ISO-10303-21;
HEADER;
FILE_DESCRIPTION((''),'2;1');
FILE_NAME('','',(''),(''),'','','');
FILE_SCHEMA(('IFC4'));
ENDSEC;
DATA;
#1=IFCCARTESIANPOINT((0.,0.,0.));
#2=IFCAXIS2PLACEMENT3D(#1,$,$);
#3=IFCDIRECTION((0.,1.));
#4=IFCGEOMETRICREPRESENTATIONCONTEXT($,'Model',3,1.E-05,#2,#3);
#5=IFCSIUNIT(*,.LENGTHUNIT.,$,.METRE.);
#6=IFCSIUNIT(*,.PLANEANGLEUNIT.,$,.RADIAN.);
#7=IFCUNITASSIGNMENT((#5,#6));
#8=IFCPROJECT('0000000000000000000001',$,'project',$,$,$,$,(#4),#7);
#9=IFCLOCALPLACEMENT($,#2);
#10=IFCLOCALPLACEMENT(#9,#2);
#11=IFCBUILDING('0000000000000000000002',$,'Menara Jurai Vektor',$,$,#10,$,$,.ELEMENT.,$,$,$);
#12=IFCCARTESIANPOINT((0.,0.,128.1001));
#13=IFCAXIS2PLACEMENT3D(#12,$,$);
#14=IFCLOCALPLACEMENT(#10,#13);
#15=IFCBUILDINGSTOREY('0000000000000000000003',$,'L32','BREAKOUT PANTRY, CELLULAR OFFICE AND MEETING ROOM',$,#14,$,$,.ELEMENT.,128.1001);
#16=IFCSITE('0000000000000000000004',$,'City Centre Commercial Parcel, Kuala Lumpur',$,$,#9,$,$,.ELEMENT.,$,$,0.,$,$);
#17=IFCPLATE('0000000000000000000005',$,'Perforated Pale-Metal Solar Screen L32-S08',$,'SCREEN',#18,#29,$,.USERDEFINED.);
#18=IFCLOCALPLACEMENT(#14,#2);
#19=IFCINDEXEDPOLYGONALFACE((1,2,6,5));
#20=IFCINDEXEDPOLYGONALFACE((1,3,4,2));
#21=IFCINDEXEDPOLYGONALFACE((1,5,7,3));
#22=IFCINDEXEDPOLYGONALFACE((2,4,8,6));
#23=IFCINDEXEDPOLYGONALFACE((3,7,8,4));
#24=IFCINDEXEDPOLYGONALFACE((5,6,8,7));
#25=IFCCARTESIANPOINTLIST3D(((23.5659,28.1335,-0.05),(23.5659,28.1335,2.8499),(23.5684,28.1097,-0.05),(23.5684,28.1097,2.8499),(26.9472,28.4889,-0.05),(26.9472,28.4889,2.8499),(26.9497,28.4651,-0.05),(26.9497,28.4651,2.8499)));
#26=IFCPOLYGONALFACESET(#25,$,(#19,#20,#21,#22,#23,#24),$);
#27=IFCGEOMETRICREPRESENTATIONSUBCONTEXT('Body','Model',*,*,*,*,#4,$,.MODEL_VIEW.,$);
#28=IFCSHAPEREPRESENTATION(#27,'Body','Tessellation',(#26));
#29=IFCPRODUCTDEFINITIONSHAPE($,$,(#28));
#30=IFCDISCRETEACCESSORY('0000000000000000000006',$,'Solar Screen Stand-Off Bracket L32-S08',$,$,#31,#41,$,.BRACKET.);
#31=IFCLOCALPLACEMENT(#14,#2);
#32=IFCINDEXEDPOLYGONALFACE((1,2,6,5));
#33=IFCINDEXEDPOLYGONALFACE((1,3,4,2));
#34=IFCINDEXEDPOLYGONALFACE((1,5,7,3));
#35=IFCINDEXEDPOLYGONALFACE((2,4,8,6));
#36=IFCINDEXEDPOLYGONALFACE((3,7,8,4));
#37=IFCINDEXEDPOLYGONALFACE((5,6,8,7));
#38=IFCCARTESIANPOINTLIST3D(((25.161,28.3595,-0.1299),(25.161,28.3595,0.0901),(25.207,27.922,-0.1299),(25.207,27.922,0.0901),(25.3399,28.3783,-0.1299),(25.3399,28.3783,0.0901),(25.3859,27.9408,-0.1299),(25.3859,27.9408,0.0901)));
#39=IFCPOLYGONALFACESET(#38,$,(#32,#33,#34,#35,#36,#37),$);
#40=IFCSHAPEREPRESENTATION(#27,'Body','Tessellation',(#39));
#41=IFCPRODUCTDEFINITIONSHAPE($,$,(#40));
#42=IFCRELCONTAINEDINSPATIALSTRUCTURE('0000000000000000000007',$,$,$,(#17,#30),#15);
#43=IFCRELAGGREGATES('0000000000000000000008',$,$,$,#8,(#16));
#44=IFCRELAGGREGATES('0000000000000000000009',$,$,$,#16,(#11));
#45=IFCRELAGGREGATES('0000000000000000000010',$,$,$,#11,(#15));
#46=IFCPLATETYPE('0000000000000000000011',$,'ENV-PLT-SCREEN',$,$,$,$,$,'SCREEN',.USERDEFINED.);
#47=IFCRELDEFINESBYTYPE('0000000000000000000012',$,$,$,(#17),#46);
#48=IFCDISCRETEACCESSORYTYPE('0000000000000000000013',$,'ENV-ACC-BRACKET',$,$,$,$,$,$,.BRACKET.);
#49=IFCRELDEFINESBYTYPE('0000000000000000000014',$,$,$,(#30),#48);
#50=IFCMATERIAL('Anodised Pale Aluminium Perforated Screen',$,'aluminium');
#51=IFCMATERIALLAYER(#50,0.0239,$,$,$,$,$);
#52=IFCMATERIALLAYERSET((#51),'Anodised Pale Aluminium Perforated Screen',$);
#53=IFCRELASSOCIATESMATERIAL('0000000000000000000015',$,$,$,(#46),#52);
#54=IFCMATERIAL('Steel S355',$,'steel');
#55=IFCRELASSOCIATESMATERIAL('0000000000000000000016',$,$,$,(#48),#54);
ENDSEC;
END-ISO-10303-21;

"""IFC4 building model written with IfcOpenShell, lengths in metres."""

from ifc_helpers import new_model, si_unit, direction, frame, origin, origin_2d, place, context, subcontext, project, spatial, rectangle, extrude, material, layer, layer_set, type_object, element, save


model = new_model("IFC4")

# Units and contexts
model_context = context("Model", 3, precision=1e-05, world=origin(), true_north=direction((0.0, 1.0)))
body_context = subcontext(model_context, "Body", "Model", "MODEL_VIEW")
ifc_project = project(units=[si_unit("LENGTHUNIT", "METRE"), si_unit("PLANEANGLEUNIT", "RADIAN")], contexts=[model_context])

# Site, building, storey
site_placement = place(None, origin())
site = spatial("IfcSite", under=ifc_project, at=site_placement, Name="City Centre Commercial Parcel, Kuala Lumpur", CompositionType="ELEMENT", RefElevation=0.0)
building_placement = place(site_placement, origin())
building = spatial("IfcBuilding", under=site, at=building_placement, Name="Menara Jurai Vektor", CompositionType="ELEMENT")
storey_placement = place(building_placement, frame((0.0, 0.0, 128.1001)))
storey = spatial("IfcBuildingStorey", under=building, at=storey_placement, Name="L32", Description="BREAKOUT PANTRY, CELLULAR OFFICE AND MEETING ROOM", CompositionType="ELEMENT", Elevation=128.1001)

# Shared definitions
ifc_material_1 = material(Name="Steel S355", Category="steel")

# Plate
ifc_material_2 = material(Name="Anodised Pale Aluminium Perforated Screen", Category="aluminium")
ifc_layer_1 = layer(ifc_material_2, 0.0239)
ifc_layer_set_1 = layer_set([ifc_layer_1], Name="Anodised Pale Aluminium Perforated Screen")
plate_type_1 = type_object("IfcPlateType", Name="ENV-PLT-SCREEN", ElementType="SCREEN", PredefinedType="USERDEFINED", material=ifc_layer_set_1)
plate_1_placement = place(storey_placement, frame((25.2578, 28.2993, -0.05), z_axis=(0.0, 0.0, 1.0), x_axis=(-0.994522, -0.104528, 0.0)))
element("IfcPlate", 1, at=plate_1_placement, inside=storey, type_object=plate_type_1, Name="Perforated Pale-Metal Solar Screen L32-S08", ObjectType="SCREEN", PredefinedType="USERDEFINED", context=body_context, shape_type="SweptSolid", body=[
    extrude(rectangle(XDim=3.3999, YDim=0.0239, at=origin_2d()), origin(), (0.0, 0.0, 1.0), 2.8999),
])

# Discrete accessory
discrete_accessory_type = type_object("IfcDiscreteAccessoryType", Name="ENV-ACC-BRACKET", PredefinedType="BRACKET", material=ifc_material_1)
discrete_accessory_placement = place(storey_placement, frame((25.2734, 28.1501, -0.1299), z_axis=(0.0, 0.0, 1.0), x_axis=(-0.994522, -0.104528, 0.0)))
element("IfcDiscreteAccessory", 2, at=discrete_accessory_placement, inside=storey, type_object=discrete_accessory_type, Name="Solar Screen Stand-Off Bracket L32-S08", PredefinedType="BRACKET", context=body_context, shape_type="SweptSolid", body=[
    extrude(rectangle(XDim=0.1799, YDim=0.4399, at=origin_2d()), origin(), (0.0, 0.0, 1.0), 0.22),
])

save(model, "model.ifc")
